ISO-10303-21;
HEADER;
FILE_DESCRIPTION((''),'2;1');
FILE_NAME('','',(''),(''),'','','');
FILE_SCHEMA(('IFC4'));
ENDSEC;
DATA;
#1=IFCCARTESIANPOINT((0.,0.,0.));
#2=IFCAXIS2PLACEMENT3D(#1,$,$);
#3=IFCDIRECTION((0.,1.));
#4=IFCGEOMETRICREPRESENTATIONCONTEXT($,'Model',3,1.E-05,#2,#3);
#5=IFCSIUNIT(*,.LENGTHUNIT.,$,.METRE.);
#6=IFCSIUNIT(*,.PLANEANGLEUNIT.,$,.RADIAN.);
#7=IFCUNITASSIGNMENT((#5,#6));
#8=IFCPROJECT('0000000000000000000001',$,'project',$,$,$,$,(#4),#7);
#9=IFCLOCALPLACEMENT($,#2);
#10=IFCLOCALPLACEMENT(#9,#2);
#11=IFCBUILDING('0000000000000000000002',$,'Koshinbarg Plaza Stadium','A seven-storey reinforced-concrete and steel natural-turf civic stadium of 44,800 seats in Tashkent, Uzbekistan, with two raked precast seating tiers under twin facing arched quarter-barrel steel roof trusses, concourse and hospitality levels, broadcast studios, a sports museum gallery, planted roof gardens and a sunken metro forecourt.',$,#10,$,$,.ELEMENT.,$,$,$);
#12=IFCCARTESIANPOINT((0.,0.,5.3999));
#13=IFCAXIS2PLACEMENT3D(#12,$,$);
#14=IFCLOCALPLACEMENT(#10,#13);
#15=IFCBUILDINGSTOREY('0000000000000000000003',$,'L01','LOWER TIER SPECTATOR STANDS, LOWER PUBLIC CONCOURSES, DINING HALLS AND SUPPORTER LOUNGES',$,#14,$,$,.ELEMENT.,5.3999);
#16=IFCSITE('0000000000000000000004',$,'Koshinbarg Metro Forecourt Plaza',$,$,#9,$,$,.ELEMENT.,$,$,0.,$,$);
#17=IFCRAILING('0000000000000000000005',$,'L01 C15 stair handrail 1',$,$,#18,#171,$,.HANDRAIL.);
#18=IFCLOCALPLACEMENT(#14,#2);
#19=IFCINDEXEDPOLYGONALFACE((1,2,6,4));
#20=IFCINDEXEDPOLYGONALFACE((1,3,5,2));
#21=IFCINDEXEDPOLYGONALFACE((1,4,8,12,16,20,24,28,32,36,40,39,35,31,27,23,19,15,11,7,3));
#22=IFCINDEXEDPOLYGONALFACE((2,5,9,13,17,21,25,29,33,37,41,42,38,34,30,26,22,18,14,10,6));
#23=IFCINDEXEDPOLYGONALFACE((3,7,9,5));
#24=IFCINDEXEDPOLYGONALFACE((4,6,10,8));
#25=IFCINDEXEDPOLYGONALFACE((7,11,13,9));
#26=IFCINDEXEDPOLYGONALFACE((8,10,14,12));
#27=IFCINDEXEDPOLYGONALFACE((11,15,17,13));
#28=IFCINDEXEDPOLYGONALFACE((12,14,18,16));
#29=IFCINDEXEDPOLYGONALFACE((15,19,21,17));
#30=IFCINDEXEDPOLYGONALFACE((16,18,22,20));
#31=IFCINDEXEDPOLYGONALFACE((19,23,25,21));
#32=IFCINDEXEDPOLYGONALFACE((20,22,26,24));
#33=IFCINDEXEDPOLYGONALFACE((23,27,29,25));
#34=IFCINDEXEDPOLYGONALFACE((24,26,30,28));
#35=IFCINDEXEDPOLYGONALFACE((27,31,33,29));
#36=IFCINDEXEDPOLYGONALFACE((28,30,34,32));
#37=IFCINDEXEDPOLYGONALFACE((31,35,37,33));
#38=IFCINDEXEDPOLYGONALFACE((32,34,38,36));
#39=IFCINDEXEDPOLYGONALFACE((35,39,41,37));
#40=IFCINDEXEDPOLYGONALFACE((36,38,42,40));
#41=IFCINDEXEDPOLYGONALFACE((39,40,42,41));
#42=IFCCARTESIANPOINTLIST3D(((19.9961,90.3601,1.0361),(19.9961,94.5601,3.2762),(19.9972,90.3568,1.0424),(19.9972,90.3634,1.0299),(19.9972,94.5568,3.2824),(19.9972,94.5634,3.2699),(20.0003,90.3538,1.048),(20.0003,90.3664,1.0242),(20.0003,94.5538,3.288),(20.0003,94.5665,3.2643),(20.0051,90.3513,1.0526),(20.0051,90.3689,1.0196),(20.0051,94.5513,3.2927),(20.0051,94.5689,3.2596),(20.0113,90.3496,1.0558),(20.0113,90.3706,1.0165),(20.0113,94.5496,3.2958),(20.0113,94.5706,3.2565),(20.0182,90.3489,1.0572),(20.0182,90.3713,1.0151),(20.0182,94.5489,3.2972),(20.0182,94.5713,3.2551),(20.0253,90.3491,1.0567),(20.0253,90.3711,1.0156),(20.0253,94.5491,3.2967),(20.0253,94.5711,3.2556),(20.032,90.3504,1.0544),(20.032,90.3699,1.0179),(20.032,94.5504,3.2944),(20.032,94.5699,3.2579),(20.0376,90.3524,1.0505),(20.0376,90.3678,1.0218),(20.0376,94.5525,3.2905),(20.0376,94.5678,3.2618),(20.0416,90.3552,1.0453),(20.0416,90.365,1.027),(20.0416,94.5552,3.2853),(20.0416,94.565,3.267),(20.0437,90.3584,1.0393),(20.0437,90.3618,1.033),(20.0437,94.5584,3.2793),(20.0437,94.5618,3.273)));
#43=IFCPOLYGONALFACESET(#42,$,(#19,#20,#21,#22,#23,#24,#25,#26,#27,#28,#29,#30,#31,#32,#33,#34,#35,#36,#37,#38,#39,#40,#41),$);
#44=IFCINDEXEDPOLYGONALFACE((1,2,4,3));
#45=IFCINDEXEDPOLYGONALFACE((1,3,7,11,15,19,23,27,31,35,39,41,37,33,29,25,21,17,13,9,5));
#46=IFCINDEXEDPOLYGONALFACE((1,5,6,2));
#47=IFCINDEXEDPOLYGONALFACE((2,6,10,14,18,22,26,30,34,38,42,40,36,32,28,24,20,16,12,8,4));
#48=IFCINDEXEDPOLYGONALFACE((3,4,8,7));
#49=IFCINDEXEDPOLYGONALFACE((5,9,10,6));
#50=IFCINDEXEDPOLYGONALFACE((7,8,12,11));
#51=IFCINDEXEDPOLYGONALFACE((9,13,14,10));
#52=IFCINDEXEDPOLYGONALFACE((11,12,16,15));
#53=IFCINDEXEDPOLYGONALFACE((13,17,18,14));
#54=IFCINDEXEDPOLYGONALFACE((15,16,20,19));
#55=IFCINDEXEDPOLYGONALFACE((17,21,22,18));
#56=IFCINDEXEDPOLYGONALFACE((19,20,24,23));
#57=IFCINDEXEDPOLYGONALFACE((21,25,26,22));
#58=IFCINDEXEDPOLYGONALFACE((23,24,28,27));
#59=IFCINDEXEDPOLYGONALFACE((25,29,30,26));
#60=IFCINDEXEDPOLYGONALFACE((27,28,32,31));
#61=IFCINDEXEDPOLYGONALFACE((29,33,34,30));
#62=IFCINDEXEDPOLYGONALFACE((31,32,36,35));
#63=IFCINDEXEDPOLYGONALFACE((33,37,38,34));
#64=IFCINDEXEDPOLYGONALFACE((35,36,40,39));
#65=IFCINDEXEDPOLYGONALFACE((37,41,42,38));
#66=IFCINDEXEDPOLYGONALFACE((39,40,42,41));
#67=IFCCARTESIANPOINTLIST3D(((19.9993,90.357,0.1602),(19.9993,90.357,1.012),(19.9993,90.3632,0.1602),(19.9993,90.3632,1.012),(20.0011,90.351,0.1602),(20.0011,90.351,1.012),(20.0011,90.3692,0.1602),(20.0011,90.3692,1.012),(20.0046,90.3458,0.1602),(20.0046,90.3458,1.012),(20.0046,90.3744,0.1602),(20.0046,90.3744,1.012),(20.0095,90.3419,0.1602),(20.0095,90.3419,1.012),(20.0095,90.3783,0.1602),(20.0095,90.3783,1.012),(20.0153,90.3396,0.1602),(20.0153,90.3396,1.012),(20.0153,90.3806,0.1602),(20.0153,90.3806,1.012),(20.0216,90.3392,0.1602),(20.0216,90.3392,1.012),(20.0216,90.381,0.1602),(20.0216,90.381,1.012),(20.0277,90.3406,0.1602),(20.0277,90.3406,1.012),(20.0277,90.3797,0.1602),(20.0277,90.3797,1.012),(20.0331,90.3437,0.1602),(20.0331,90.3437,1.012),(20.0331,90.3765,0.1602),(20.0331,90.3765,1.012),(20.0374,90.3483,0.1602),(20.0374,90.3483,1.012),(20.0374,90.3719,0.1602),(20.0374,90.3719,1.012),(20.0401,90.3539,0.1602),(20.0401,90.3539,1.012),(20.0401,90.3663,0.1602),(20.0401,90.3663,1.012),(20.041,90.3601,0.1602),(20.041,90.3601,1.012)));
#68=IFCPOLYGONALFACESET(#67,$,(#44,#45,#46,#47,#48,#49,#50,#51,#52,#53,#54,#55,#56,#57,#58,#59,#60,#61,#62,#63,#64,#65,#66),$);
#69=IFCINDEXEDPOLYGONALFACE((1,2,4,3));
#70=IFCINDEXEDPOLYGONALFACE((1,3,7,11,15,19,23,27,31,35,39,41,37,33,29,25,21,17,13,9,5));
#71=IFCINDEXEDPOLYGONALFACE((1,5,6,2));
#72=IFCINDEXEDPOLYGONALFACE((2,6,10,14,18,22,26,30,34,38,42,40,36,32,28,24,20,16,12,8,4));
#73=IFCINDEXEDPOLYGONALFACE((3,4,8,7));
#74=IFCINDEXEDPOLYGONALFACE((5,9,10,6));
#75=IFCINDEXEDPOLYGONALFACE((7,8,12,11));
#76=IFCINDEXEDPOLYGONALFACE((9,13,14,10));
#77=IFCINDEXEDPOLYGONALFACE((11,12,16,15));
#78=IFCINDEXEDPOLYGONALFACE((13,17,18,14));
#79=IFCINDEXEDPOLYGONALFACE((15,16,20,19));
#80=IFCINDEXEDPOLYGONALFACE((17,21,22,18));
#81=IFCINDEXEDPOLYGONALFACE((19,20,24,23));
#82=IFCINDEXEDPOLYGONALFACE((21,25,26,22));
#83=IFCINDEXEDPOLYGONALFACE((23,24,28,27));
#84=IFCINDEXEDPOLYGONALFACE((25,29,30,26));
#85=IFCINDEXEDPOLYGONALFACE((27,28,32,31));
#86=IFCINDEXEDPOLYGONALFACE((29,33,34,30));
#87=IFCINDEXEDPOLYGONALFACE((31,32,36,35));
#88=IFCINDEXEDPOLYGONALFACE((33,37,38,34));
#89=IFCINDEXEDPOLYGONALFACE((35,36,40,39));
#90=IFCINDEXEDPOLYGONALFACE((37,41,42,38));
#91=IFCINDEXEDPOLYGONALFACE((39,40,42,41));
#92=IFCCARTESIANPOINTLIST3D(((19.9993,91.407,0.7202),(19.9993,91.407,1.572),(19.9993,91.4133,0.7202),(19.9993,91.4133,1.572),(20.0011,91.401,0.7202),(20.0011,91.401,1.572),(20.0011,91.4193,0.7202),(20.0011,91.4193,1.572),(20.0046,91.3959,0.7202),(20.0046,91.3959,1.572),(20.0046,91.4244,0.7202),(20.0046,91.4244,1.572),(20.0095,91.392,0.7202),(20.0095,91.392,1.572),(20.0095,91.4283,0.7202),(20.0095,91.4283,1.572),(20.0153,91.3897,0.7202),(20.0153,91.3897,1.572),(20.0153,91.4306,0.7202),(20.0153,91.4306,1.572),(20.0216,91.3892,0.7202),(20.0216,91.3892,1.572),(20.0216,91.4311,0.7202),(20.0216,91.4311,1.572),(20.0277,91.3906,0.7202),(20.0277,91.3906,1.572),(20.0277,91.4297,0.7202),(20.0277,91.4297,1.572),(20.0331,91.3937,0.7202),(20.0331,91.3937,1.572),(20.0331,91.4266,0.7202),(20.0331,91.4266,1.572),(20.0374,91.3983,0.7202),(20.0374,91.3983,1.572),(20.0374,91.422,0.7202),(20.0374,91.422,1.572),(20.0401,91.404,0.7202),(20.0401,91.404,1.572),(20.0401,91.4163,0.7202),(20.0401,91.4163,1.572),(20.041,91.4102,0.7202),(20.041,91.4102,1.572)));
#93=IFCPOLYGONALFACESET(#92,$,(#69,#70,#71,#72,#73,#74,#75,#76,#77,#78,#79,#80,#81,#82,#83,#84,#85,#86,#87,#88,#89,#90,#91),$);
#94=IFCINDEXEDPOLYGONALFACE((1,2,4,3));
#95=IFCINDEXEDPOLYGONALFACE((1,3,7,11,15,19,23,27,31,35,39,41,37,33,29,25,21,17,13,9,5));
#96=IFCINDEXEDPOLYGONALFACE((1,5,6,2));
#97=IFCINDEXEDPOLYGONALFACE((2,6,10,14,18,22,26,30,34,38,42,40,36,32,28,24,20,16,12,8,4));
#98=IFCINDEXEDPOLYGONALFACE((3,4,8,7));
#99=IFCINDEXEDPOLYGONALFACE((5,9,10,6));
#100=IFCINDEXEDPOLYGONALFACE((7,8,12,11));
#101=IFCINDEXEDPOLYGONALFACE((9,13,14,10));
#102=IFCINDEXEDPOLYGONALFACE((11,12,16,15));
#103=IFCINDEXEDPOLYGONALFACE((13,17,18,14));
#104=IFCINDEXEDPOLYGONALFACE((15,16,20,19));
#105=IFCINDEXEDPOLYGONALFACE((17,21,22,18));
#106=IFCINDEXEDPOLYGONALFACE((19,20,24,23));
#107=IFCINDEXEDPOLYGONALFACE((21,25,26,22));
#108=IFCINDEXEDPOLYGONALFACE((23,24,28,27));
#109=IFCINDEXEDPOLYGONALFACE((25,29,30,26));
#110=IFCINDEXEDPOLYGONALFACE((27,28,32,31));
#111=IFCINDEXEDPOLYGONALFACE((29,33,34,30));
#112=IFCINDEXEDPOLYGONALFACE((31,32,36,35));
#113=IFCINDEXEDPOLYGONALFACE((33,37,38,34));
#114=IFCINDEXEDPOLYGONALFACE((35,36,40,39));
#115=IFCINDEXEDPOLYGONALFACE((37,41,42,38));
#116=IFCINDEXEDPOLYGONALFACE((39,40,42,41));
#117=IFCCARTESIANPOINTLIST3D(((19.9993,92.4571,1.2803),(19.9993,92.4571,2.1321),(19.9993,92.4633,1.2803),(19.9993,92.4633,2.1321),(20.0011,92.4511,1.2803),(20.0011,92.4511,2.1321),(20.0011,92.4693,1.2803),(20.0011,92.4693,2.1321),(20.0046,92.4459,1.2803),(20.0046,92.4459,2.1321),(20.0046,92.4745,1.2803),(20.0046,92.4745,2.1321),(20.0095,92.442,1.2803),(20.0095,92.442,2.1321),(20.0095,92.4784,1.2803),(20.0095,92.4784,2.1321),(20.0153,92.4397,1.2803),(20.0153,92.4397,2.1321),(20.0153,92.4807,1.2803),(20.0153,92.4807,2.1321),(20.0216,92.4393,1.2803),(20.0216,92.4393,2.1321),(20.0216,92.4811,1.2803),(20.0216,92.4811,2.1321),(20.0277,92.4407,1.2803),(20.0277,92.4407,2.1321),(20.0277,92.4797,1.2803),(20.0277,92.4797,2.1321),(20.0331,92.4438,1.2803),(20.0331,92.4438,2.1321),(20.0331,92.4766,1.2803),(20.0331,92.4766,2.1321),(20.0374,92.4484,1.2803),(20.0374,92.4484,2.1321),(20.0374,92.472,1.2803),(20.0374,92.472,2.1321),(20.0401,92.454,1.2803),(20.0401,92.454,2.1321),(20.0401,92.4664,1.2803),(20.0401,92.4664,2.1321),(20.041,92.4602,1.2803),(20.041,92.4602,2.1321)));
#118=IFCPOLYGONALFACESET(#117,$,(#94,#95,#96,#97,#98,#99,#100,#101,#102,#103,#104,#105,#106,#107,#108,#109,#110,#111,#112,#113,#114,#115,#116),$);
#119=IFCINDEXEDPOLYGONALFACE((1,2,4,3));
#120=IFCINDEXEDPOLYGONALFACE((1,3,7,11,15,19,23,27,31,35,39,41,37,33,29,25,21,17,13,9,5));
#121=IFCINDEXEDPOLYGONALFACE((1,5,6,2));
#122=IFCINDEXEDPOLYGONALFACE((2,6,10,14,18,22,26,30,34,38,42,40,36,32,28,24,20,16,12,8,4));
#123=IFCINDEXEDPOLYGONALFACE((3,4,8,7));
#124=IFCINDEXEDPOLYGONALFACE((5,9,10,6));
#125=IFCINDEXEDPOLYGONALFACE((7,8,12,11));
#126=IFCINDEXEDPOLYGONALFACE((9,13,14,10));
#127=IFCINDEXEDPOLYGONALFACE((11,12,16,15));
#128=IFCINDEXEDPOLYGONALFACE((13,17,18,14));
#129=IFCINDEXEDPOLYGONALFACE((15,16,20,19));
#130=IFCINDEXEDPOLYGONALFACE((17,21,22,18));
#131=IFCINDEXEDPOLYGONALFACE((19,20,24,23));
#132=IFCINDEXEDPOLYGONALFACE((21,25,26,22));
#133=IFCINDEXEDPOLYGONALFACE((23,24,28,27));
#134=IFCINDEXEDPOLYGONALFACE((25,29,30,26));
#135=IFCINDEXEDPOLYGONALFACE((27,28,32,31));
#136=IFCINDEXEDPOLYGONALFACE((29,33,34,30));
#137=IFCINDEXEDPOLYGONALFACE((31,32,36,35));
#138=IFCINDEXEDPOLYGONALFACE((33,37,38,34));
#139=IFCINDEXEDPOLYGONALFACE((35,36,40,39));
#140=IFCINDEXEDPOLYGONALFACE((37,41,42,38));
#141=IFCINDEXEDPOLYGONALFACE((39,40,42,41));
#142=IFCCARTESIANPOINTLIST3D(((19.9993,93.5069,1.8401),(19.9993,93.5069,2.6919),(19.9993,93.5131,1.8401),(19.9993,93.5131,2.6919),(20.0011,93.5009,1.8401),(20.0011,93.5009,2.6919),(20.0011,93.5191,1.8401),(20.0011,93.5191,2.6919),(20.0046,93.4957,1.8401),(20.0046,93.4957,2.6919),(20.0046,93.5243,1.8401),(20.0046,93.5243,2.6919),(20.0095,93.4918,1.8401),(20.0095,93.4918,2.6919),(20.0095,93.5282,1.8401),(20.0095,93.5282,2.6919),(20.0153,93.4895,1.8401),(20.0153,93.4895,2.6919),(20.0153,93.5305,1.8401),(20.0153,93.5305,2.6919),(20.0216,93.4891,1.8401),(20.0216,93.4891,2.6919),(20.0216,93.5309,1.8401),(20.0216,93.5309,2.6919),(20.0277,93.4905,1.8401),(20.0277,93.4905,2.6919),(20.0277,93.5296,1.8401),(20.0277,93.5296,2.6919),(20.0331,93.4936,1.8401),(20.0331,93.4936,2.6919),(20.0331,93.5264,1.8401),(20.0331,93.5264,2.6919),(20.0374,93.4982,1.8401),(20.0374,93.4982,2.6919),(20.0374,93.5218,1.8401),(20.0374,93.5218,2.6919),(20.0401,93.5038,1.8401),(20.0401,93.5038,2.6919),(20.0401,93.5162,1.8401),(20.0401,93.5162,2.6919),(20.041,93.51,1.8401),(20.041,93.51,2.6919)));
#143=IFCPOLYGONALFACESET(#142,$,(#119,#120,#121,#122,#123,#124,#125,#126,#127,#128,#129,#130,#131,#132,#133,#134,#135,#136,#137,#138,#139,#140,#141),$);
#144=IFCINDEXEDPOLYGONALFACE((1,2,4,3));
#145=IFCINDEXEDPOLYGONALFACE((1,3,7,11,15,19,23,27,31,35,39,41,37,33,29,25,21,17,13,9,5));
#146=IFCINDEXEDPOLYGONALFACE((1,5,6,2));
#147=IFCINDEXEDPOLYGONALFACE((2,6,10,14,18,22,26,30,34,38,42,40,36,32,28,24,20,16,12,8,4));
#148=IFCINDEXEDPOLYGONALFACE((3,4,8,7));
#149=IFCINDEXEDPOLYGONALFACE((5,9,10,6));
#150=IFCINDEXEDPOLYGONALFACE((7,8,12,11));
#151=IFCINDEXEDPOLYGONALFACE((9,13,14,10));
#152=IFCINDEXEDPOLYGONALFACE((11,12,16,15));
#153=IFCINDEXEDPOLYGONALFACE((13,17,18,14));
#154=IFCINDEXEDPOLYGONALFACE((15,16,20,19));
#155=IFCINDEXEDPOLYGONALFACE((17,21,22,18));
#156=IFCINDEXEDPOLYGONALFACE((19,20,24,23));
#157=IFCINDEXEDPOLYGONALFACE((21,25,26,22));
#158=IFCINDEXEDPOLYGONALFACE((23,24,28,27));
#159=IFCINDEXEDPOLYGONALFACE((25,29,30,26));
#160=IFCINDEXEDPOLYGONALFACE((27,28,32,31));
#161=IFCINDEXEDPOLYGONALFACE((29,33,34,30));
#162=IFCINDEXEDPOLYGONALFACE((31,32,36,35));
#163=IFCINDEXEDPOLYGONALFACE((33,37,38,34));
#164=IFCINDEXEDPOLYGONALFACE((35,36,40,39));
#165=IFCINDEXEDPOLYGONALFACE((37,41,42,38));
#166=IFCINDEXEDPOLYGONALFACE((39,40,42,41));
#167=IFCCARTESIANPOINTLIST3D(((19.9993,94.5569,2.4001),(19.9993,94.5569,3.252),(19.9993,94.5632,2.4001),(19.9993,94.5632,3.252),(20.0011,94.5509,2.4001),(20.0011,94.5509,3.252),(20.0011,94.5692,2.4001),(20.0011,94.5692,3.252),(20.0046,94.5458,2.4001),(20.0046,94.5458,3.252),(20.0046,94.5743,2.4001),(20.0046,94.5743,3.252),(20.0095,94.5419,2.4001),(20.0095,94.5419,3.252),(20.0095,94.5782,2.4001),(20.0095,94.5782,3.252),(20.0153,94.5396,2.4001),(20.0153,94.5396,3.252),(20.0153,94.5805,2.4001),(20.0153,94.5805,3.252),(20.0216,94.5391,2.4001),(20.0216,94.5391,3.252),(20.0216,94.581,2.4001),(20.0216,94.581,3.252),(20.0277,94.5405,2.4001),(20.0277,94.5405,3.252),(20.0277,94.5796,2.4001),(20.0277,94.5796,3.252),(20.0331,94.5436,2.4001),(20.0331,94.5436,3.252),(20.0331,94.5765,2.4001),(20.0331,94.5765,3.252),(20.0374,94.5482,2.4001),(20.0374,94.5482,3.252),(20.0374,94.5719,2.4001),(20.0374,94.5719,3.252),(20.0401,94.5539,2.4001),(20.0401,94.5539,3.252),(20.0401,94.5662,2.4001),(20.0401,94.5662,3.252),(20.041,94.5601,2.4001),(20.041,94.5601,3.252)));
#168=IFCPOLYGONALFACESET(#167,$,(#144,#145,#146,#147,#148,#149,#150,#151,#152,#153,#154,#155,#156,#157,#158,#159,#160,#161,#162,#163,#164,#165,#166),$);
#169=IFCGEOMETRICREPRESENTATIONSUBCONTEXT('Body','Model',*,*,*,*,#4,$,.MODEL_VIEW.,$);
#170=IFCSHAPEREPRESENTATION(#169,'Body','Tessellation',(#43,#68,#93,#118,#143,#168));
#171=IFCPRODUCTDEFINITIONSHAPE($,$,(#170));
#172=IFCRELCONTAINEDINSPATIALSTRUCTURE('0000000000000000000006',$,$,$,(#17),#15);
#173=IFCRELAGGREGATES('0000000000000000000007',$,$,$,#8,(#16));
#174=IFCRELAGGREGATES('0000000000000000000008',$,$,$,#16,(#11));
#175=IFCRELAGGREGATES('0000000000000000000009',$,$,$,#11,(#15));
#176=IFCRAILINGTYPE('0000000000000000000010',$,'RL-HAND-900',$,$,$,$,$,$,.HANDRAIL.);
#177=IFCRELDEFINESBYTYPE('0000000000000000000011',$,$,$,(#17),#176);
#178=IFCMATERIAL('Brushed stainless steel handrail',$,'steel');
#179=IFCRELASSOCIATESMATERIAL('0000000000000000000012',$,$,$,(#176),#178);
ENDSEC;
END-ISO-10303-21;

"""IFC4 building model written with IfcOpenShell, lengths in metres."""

from ifc_helpers import new_model, si_unit, direction, frame, origin, origin_2d, place, context, subcontext, project, spatial, circle, extrude, material, type_object, element, save


model = new_model("IFC4")

# Units and contexts
model_context = context("Model", 3, precision=1e-05, world=origin(), true_north=direction((0.0, 1.0)))
body_context = subcontext(model_context, "Body", "Model", "MODEL_VIEW")
ifc_project = project(units=[si_unit("LENGTHUNIT", "METRE"), si_unit("PLANEANGLEUNIT", "RADIAN")], contexts=[model_context])

# Site, building, storey
site_placement = place(None, origin())
site = spatial("IfcSite", under=ifc_project, at=site_placement, Name="Koshinbarg Metro Forecourt Plaza", CompositionType="ELEMENT", RefElevation=0.0)
building_placement = place(site_placement, origin())
building = spatial("IfcBuilding", under=site, at=building_placement, Name="Koshinbarg Plaza Stadium", Description="A seven-storey reinforced-concrete and steel natural-turf civic stadium of 44,800 seats in Tashkent, Uzbekistan, with two raked precast seating tiers under twin facing arched quarter-barrel steel roof trusses, concourse and hospitality levels, broadcast studios, a sports museum gallery, planted roof gardens and a sunken metro forecourt.", CompositionType="ELEMENT")
storey_placement = place(building_placement, frame((0.0, 0.0, 5.3999)))
storey = spatial("IfcBuildingStorey", under=building, at=storey_placement, Name="L01", Description="LOWER TIER SPECTATOR STANDS, LOWER PUBLIC CONCOURSES, DINING HALLS AND SUPPORTER LOUNGES", CompositionType="ELEMENT", Elevation=5.3999)

# Railing
ifc_material_1 = material(Name="Brushed stainless steel handrail", Category="steel")
railing_type_1 = type_object("IfcRailingType", Name="RL-HAND-900", PredefinedType="HANDRAIL", material=ifc_material_1)
railing_1_placement = place(storey_placement, frame((20.02, 90.3601, 0.1602)))
element("IfcRailing", 1, at=railing_1_placement, inside=storey, type_object=railing_type_1, Name="L01 C15 stair handrail 1", PredefinedType="HANDRAIL", context=body_context, shape_type="SweptSolid", body=[
    extrude(circle(Radius=0.0239, at=origin_2d()), frame((0.0, 0.0, 0.876), z_axis=(0.0, 0.882352, 0.470591), x_axis=(-1.0, 0.0, 0.0)), (0.0, 0.0, 1.0), 4.76),
    extrude(circle(Radius=0.021, at=origin_2d()), origin(), (0.0, 0.0, 1.0), 0.8518),
    extrude(circle(Radius=0.021, at=origin_2d()), frame((0.0, 1.05, 0.5601)), (0.0, 0.0, 1.0), 0.8518),
    extrude(circle(Radius=0.021, at=origin_2d()), frame((0.0, 2.1001, 1.1201)), (0.0, 0.0, 1.0), 0.8518),
    extrude(circle(Radius=0.021, at=origin_2d()), frame((0.0, 3.1499, 1.6799)), (0.0, 0.0, 1.0), 0.8518),
    extrude(circle(Radius=0.021, at=origin_2d()), frame((0.0, 4.2, 2.24)), (0.0, 0.0, 1.0), 0.8518),
])

save(model, "model.ifc")
